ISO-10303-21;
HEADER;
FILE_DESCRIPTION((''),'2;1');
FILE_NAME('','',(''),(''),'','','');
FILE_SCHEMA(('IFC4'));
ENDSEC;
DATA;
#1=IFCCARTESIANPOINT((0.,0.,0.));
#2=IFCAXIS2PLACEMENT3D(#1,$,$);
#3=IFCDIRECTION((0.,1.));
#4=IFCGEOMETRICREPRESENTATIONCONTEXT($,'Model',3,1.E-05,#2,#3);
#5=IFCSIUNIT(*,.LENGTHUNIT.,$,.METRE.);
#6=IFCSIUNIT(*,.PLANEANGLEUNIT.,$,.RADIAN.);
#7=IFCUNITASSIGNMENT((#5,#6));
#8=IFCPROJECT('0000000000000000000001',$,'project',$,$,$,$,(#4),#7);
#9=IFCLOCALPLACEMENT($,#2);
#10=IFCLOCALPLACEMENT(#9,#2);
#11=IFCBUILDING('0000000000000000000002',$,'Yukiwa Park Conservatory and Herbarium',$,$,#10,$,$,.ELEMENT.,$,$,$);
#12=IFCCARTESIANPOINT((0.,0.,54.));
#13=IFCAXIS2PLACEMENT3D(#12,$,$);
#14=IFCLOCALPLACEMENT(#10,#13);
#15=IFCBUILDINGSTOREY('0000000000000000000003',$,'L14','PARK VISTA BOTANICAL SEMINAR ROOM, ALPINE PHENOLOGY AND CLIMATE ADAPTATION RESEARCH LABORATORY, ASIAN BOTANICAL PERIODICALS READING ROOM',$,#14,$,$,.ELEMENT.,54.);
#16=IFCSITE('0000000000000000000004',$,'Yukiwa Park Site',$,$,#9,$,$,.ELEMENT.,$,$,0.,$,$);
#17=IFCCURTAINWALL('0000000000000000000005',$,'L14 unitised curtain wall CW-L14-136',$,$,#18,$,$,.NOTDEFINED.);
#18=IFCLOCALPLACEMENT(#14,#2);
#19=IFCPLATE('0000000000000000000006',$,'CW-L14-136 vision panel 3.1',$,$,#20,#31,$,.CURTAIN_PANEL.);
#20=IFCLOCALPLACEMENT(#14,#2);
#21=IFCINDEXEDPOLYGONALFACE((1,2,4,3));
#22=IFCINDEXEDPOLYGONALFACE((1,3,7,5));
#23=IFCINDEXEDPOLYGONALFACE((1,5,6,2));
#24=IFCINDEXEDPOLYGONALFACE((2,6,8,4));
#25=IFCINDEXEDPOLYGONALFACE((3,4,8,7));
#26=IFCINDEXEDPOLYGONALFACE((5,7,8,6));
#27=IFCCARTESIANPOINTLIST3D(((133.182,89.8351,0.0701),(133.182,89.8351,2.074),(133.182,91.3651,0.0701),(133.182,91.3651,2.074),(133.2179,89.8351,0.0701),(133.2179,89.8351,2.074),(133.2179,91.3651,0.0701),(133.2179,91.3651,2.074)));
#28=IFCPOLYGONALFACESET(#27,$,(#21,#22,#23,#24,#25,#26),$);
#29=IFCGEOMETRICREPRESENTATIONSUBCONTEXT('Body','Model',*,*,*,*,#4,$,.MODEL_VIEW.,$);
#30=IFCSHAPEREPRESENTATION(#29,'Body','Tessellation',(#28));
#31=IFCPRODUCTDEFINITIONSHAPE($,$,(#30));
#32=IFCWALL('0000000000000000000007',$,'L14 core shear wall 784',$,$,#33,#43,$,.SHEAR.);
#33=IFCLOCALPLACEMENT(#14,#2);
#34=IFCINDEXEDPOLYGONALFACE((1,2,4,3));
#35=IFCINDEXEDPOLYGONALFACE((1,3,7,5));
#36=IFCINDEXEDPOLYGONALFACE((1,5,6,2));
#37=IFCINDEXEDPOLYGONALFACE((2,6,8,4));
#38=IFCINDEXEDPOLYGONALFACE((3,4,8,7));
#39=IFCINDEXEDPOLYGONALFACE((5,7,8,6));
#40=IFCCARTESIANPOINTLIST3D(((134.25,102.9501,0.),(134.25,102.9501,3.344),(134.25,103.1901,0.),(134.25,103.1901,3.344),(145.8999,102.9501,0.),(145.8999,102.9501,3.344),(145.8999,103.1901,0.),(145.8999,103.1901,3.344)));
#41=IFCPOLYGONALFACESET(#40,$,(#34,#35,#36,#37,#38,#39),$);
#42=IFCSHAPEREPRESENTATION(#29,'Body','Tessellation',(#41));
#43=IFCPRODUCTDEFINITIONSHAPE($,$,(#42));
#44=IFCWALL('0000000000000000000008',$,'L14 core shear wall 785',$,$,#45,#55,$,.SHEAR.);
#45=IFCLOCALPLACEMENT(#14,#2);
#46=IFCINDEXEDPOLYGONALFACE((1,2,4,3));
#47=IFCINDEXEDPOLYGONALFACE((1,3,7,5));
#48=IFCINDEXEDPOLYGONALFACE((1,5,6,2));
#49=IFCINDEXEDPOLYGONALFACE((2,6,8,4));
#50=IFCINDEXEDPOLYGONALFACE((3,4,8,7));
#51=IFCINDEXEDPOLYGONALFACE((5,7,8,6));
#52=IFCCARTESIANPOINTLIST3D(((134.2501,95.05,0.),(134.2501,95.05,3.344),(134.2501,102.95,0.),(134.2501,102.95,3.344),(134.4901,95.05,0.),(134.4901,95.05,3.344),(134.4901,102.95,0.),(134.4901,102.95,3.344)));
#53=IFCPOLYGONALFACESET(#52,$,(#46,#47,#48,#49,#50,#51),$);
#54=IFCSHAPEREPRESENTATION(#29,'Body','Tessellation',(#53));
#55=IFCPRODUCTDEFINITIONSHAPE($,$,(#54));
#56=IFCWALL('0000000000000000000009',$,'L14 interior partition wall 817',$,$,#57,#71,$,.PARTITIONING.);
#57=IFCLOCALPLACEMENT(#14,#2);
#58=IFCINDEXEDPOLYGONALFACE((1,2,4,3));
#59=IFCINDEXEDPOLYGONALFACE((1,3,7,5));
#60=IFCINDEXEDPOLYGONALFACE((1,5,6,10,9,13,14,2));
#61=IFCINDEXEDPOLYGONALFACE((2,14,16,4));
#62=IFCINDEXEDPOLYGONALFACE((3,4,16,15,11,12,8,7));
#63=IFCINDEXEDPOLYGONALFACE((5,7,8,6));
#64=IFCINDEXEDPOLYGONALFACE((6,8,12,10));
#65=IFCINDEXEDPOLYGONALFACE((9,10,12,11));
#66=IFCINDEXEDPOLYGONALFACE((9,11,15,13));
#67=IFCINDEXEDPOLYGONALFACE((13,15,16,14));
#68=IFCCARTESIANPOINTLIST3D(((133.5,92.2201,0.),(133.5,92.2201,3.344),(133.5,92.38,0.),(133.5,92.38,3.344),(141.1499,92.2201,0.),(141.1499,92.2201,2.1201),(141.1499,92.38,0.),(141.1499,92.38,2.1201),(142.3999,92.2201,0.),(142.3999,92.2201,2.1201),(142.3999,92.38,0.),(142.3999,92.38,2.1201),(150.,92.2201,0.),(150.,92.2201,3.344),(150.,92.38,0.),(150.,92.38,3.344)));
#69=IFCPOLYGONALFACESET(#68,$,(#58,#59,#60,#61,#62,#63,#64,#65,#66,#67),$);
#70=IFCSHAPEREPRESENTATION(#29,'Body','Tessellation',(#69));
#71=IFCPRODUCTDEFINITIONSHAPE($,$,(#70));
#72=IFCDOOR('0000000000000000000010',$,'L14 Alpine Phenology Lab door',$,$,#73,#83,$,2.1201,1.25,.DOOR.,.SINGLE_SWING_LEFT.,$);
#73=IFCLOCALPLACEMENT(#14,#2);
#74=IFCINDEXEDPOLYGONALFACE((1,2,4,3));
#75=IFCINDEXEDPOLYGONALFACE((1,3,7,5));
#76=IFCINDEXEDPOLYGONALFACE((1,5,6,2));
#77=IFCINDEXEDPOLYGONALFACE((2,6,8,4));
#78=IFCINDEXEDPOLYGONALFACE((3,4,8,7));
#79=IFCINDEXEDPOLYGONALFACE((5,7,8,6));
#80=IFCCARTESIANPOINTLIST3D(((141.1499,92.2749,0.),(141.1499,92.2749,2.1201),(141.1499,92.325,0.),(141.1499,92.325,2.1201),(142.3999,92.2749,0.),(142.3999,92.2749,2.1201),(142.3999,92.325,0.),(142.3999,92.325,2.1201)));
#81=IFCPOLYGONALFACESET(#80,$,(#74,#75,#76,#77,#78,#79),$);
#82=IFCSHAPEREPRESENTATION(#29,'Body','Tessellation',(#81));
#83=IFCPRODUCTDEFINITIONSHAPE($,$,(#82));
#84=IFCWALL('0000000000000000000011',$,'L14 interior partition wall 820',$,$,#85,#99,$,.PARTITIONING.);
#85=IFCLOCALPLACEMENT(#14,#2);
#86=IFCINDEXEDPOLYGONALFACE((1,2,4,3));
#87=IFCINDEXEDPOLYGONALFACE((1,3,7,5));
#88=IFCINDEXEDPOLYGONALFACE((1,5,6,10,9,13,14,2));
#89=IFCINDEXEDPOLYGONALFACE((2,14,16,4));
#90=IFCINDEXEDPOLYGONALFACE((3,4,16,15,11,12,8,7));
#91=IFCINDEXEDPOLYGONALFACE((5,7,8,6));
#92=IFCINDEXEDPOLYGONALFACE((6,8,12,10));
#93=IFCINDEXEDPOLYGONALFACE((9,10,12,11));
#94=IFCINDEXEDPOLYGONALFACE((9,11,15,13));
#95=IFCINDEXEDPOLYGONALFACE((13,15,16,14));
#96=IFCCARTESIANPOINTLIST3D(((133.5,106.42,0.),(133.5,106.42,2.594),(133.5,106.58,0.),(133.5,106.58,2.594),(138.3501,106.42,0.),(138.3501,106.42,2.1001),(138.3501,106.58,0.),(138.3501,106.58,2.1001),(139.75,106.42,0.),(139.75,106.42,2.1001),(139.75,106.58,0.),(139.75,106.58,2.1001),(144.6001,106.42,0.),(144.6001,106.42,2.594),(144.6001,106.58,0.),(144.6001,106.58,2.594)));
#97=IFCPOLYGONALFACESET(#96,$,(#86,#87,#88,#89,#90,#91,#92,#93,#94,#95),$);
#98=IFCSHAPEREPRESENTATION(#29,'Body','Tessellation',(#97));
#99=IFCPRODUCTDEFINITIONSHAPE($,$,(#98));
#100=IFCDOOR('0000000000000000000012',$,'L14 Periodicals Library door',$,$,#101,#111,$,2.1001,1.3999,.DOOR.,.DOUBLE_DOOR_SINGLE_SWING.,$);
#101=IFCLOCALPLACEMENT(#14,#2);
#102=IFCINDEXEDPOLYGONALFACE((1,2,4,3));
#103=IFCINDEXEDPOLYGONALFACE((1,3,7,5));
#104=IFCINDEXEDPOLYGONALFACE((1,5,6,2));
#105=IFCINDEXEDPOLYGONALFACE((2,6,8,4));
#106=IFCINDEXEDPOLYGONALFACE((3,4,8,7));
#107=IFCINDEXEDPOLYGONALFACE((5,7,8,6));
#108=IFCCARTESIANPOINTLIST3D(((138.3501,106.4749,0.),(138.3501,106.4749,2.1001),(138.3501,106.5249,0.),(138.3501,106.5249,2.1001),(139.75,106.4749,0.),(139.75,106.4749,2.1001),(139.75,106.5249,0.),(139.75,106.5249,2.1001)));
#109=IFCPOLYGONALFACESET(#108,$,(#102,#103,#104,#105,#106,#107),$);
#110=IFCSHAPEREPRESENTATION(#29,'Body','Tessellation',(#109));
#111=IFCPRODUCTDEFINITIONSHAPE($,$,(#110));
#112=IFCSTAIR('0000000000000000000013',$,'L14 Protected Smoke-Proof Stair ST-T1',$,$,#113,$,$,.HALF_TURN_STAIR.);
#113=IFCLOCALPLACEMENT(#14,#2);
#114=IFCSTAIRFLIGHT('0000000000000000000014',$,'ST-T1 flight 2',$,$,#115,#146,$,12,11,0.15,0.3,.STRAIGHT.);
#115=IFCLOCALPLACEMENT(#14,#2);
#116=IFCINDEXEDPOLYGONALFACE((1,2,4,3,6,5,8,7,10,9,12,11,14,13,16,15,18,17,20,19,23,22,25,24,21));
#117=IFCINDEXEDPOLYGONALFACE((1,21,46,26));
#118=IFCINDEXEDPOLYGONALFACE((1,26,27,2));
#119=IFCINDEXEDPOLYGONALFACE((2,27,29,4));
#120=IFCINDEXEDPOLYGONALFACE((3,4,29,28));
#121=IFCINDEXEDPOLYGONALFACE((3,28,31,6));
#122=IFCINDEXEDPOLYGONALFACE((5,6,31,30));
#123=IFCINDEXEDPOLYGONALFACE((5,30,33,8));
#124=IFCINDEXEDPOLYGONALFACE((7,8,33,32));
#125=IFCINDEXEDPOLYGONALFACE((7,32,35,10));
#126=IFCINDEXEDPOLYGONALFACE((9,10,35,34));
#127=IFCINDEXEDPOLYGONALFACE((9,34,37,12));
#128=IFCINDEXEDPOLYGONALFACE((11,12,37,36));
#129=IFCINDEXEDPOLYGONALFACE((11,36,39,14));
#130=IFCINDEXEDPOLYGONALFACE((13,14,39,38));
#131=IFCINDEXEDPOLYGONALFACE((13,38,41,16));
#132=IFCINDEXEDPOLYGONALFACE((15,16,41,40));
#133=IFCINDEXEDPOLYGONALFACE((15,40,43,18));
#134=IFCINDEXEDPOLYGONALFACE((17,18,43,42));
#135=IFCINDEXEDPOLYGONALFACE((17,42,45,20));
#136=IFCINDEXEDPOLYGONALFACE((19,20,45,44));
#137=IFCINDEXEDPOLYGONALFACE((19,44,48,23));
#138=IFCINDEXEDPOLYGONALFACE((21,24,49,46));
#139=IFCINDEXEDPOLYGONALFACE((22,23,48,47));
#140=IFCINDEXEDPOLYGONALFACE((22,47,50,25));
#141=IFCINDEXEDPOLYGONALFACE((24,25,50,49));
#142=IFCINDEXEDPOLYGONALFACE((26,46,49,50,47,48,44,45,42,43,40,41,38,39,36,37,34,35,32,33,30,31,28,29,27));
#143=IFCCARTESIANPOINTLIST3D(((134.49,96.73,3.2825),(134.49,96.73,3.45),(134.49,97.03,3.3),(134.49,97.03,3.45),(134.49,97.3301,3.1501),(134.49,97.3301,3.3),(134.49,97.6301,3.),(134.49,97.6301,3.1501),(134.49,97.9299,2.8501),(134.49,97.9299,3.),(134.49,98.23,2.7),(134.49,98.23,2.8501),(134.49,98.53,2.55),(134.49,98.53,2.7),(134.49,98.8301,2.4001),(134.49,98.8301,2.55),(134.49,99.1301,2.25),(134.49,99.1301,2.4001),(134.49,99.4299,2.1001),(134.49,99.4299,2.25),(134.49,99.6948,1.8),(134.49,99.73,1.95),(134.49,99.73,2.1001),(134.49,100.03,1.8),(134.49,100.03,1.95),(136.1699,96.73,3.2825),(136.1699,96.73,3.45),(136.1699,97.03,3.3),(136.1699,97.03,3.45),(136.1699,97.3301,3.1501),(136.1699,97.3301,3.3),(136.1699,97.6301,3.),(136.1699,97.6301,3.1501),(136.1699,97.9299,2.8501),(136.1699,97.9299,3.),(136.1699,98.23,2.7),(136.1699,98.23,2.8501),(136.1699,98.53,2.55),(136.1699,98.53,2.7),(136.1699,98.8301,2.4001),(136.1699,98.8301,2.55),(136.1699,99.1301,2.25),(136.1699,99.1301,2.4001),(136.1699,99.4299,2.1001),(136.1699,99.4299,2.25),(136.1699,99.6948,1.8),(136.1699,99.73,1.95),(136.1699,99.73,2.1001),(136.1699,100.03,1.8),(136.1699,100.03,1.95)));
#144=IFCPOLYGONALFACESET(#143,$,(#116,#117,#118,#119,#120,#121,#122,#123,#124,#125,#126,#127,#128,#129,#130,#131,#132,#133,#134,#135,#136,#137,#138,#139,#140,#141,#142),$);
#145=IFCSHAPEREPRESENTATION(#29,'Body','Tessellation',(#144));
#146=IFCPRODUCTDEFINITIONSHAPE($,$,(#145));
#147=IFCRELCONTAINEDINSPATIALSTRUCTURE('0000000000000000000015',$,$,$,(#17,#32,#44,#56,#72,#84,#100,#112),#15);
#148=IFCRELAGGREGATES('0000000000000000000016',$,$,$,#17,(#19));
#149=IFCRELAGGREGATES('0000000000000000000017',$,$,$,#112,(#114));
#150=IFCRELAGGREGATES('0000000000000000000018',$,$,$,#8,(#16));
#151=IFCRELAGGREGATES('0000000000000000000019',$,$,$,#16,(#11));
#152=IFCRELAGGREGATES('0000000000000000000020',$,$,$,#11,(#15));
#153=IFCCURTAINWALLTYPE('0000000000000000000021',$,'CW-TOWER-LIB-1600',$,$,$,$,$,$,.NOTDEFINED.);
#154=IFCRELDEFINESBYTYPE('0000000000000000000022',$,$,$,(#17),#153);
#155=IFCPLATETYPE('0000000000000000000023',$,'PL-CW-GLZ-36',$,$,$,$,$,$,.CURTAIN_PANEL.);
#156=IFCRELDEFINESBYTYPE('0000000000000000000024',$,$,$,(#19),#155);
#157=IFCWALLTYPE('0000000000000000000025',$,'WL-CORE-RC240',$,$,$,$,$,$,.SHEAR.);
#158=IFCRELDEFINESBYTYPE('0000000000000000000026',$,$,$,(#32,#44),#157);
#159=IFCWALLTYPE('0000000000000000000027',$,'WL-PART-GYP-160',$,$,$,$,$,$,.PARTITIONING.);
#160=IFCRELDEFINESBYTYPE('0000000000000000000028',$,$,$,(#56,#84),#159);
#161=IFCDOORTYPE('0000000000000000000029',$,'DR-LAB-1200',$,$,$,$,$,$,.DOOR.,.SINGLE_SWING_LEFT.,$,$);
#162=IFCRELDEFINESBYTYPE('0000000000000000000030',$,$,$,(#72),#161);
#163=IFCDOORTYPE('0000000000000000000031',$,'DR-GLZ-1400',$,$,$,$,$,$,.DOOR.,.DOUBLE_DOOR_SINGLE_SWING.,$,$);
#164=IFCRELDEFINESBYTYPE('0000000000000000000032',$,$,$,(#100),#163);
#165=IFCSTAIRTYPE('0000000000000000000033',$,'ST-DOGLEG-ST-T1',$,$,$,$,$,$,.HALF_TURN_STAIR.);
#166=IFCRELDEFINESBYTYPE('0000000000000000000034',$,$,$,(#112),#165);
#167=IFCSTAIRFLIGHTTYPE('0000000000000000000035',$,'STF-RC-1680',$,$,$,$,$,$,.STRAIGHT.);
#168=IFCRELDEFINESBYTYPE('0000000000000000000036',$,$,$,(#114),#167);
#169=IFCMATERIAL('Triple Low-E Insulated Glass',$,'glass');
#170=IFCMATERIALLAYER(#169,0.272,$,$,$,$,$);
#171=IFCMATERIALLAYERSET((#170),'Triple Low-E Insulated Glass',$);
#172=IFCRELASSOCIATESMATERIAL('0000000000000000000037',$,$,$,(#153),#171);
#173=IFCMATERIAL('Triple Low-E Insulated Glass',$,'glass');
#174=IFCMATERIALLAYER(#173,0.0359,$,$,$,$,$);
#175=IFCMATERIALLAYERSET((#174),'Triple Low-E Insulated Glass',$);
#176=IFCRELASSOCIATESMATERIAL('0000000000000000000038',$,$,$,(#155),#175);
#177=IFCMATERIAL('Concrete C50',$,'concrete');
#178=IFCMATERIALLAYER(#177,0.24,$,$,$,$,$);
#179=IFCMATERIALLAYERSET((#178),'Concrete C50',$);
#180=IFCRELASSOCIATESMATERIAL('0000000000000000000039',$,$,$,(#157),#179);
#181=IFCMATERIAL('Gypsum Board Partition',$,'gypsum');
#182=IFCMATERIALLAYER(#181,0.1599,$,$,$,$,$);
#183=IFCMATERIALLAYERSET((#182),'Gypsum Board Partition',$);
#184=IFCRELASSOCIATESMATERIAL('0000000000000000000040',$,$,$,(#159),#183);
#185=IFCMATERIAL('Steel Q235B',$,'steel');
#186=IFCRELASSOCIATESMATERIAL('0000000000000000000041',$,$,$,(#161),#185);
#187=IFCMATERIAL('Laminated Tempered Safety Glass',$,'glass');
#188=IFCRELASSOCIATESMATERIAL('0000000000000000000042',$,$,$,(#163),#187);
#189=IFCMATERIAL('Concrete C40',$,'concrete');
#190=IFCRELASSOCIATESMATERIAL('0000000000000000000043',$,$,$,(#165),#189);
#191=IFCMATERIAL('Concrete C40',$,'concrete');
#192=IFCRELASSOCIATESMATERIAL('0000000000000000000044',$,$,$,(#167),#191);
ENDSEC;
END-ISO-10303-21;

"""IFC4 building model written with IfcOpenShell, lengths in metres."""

from ifc_helpers import new_model, si_unit, direction, frame, frame_2d, origin, origin_2d, place, context, subcontext, project, spatial, polyline, rectangle, outline, extrude, material, layer, layer_set, type_object, element, fill, aggregate, save


model = new_model("IFC4")

# Units and contexts
model_context = context("Model", 3, precision=1e-05, world=origin(), true_north=direction((0.0, 1.0)))
body_context = subcontext(model_context, "Body", "Model", "MODEL_VIEW")
ifc_project = project(units=[si_unit("LENGTHUNIT", "METRE"), si_unit("PLANEANGLEUNIT", "RADIAN")], contexts=[model_context])

# Site, building, storey
site_placement = place(None, origin())
site = spatial("IfcSite", under=ifc_project, at=site_placement, Name="Yukiwa Park Site", CompositionType="ELEMENT", RefElevation=0.0)
building_placement = place(site_placement, origin())
building = spatial("IfcBuilding", under=site, at=building_placement, Name="Yukiwa Park Conservatory and Herbarium", CompositionType="ELEMENT")
storey_placement = place(building_placement, frame((0.0, 0.0, 54.0)))
storey = spatial("IfcBuildingStorey", under=building, at=storey_placement, Name="L14", Description="PARK VISTA BOTANICAL SEMINAR ROOM, ALPINE PHENOLOGY AND CLIMATE ADAPTATION RESEARCH LABORATORY, ASIAN BOTANICAL PERIODICALS READING ROOM", CompositionType="ELEMENT", Elevation=54.0)

# Curtain wall, plate
ifc_material_1 = material(Name="Triple Low-E Insulated Glass", Category="glass")
ifc_layer_1 = layer(ifc_material_1, 0.272)
ifc_layer_set_1 = layer_set([ifc_layer_1], Name="Triple Low-E Insulated Glass")
curtain_wall_type = type_object("IfcCurtainWallType", Name="CW-TOWER-LIB-1600", PredefinedType="NOTDEFINED", material=ifc_layer_set_1)
curtain_wall_placement = place(storey_placement, origin())
curtain_wall = element("IfcCurtainWall", 1, at=curtain_wall_placement, inside=storey, type_object=curtain_wall_type, Name="L14 unitised curtain wall CW-L14-136", PredefinedType="NOTDEFINED")
ifc_material_2 = material(Name="Triple Low-E Insulated Glass", Category="glass")
ifc_layer_2 = layer(ifc_material_2, 0.0359)
ifc_layer_set_2 = layer_set([ifc_layer_2], Name="Triple Low-E Insulated Glass")
plate_type = type_object("IfcPlateType", Name="PL-CW-GLZ-36", PredefinedType="CURTAIN_PANEL", material=ifc_layer_set_2)
plate_1_placement = place(storey_placement, frame((133.2, 90.6001, 0.0701), z_axis=(0.0, 0.0, 1.0), x_axis=(0.0, -1.0, 0.0)))
plate_1 = element("IfcPlate", 2, at=plate_1_placement, type_object=plate_type, Name="CW-L14-136 vision panel 3.1", PredefinedType="CURTAIN_PANEL", context=body_context, shape_type="SweptSolid", body=[
    extrude(rectangle(XDim=1.53, YDim=0.0359, at=origin_2d()), origin(), (0.0, 0.0, 1.0), 2.0039),
])
aggregate(curtain_wall, [plate_1])

# Shared definitions
ifc_material_3 = material(Name="Concrete C50", Category="concrete")
ifc_layer_3 = layer(ifc_material_3, 0.24)
ifc_layer_set_3 = layer_set([ifc_layer_3], Name="Concrete C50")
wall_type_1 = type_object("IfcWallType", Name="WL-CORE-RC240", PredefinedType="SHEAR", material=ifc_layer_set_3)

# Walls
wall_1_placement = place(storey_placement, frame((134.25, 103.0701, 0.0), z_axis=(0.0, 0.0, 1.0), x_axis=(1.0, 0.0, 0.0)))
element("IfcWall", 3, at=wall_1_placement, inside=storey, type_object=wall_type_1, Name="L14 core shear wall 784", PredefinedType="SHEAR", context=body_context, shape_type="SweptSolid", body=[
    extrude(rectangle(XDim=11.6499, YDim=0.24, at=frame_2d((5.825, 0.0))), origin(), (0.0, 0.0, 1.0), 3.344),
])
wall_2_placement = place(storey_placement, frame((134.3701, 95.05, 0.0), z_axis=(0.0, 0.0, 1.0), x_axis=(0.0, 1.0, 0.0)))
element("IfcWall", 4, at=wall_2_placement, inside=storey, type_object=wall_type_1, Name="L14 core shear wall 785", PredefinedType="SHEAR", context=body_context, shape_type="SweptSolid", body=[
    extrude(rectangle(XDim=7.8999, YDim=0.24, at=frame_2d((3.95, 0.0))), origin(), (0.0, 0.0, 1.0), 3.344),
])

# Walls, openings, doors
ifc_material_4 = material(Name="Gypsum Board Partition", Category="gypsum")
ifc_layer_4 = layer(ifc_material_4, 0.1599)
ifc_layer_set_4 = layer_set([ifc_layer_4], Name="Gypsum Board Partition")
wall_type_2 = type_object("IfcWallType", Name="WL-PART-GYP-160", PredefinedType="PARTITIONING", material=ifc_layer_set_4)
wall_3_placement = place(storey_placement, frame((133.5, 92.3, 0.0), z_axis=(0.0, 0.0, 1.0), x_axis=(1.0, 0.0, 0.0)))
wall_3 = element("IfcWall", 5, at=wall_3_placement, inside=storey, type_object=wall_type_2, Name="L14 interior partition wall 817", PredefinedType="PARTITIONING", context=body_context, shape_type="SweptSolid", body=[
    extrude(rectangle(XDim=16.5, YDim=0.1599, at=frame_2d((8.25, 0.0))), origin(), (0.0, 0.0, 1.0), 3.344),
])
opening_1_placement = place(wall_3_placement, frame((7.6499, 0.0, 0.0)))
opening_1 = element("IfcOpeningElement", 6, at=opening_1_placement, cuts=wall_3, PredefinedType="OPENING", context=body_context, shape_type="SweptSolid", body=[
    extrude(rectangle(XDim=1.25, YDim=2.1201, at=frame_2d((0.625, 1.0601))), frame((0.0, 0.0898, 0.0), z_axis=(0.0, -1.0, 0.0), x_axis=(1.0, 0.0, 0.0)), (0.0, 0.0, 1.0), 0.1799),
])
ifc_material_5 = material(Name="Steel Q235B", Category="steel")
door_type_1 = type_object("IfcDoorType", Name="DR-LAB-1200", OperationType="SINGLE_SWING_LEFT", PredefinedType="DOOR", material=ifc_material_5)
door_1_placement = place(opening_1_placement, origin())
door_1 = element("IfcDoor", 7, at=door_1_placement, inside=storey, type_object=door_type_1, Name="L14 Alpine Phenology Lab door", OperationType="SINGLE_SWING_LEFT", OverallHeight=2.1201, OverallWidth=1.25, PredefinedType="DOOR", context=body_context, shape_type="SweptSolid", body=[
    extrude(rectangle(XDim=1.25, YDim=2.1201, at=frame_2d((0.625, 1.0601))), frame((0.0, 0.0249, 0.0), z_axis=(0.0, -1.0, 0.0), x_axis=(1.0, 0.0, 0.0)), (0.0, 0.0, 1.0), 0.05),
])
fill(opening_1, door_1)
wall_4_placement = place(storey_placement, frame((133.5, 106.5, 0.0), z_axis=(0.0, 0.0, 1.0), x_axis=(1.0, 0.0, 0.0)))
wall_4 = element("IfcWall", 8, at=wall_4_placement, inside=storey, type_object=wall_type_2, Name="L14 interior partition wall 820", PredefinedType="PARTITIONING", context=body_context, shape_type="SweptSolid", body=[
    extrude(rectangle(XDim=11.1001, YDim=0.1599, at=frame_2d((5.55, 0.0))), origin(), (0.0, 0.0, 1.0), 2.594),
])
opening_2_placement = place(wall_4_placement, frame((4.8501, 0.0, 0.0)))
opening_2 = element("IfcOpeningElement", 9, at=opening_2_placement, cuts=wall_4, PredefinedType="OPENING", context=body_context, shape_type="SweptSolid", body=[
    extrude(rectangle(XDim=1.3999, YDim=2.1001, at=frame_2d((0.7, 1.05))), frame((0.0, 0.0898, 0.0), z_axis=(0.0, -1.0, 0.0), x_axis=(1.0, 0.0, 0.0)), (0.0, 0.0, 1.0), 0.1799),
])
ifc_material_6 = material(Name="Laminated Tempered Safety Glass", Category="glass")
door_type_2 = type_object("IfcDoorType", Name="DR-GLZ-1400", OperationType="DOUBLE_DOOR_SINGLE_SWING", PredefinedType="DOOR", material=ifc_material_6)
door_2_placement = place(opening_2_placement, origin())
door_2 = element("IfcDoor", 10, at=door_2_placement, inside=storey, type_object=door_type_2, Name="L14 Periodicals Library door", OperationType="DOUBLE_DOOR_SINGLE_SWING", OverallHeight=2.1001, OverallWidth=1.3999, PredefinedType="DOOR", context=body_context, shape_type="SweptSolid", body=[
    extrude(rectangle(XDim=1.3999, YDim=2.1001, at=frame_2d((0.7, 1.05))), frame((0.0, 0.0249, 0.0), z_axis=(0.0, -1.0, 0.0), x_axis=(1.0, 0.0, 0.0)), (0.0, 0.0, 1.0), 0.05),
])
fill(opening_2, door_2)

# Stair, stair flight
ifc_material_7 = material(Name="Concrete C40", Category="concrete")
stair_type = type_object("IfcStairType", Name="ST-DOGLEG-ST-T1", PredefinedType="HALF_TURN_STAIR", material=ifc_material_7)
stair_placement = place(storey_placement, origin())
stair = element("IfcStair", 11, at=stair_placement, inside=storey, type_object=stair_type, Name="L14 Protected Smoke-Proof Stair ST-T1", PredefinedType="HALF_TURN_STAIR")
ifc_material_8 = material(Name="Concrete C40", Category="concrete")
stair_flight_type = type_object("IfcStairFlightType", Name="STF-RC-1680", PredefinedType="STRAIGHT", material=ifc_material_8)
stair_flight_placement = place(storey_placement, frame((135.3301, 100.03, 1.8), z_axis=(0.0, 0.0, 1.0), x_axis=(0.0, -1.0, 0.0)))
stair_flight = element("IfcStairFlight", 12, at=stair_flight_placement, type_object=stair_flight_type, Name="ST-T1 flight 2", NumberOfRisers=12, NumberOfTreads=11, PredefinedType="STRAIGHT", RiserHeight=0.15, TreadLength=0.3, context=body_context, shape_type="SweptSolid", body=[
    extrude(outline(polyline([(0.0, 0.0), (0.0, 0.1499), (0.3, 0.1499), (0.3, 0.3), (0.6001, 0.3), (0.6001, 0.45), (0.8999, 0.45), (0.8999, 0.6001), (1.2, 0.6001), (1.2, 0.75), (1.5, 0.75), (1.5, 0.8999), (1.8, 0.8999), (1.8, 1.05), (2.1001, 1.05), (2.1001, 1.2), (2.3999, 1.2), (2.3999, 1.3501), (2.7, 1.3501), (2.7, 1.5), (3.0, 1.5), (3.0, 1.6499), (3.3, 1.6499), (3.3, 1.8), (3.3, 1.4824), (0.3352, 0.0), (0.0, 0.0)])), frame((0.0, 0.8398, 0.0), z_axis=(0.0, -1.0, 0.0), x_axis=(1.0, 0.0, 0.0)), (0.0, 0.0, 1.0), 1.6799),
])
aggregate(stair, [stair_flight])

save(model, "model.ifc")
